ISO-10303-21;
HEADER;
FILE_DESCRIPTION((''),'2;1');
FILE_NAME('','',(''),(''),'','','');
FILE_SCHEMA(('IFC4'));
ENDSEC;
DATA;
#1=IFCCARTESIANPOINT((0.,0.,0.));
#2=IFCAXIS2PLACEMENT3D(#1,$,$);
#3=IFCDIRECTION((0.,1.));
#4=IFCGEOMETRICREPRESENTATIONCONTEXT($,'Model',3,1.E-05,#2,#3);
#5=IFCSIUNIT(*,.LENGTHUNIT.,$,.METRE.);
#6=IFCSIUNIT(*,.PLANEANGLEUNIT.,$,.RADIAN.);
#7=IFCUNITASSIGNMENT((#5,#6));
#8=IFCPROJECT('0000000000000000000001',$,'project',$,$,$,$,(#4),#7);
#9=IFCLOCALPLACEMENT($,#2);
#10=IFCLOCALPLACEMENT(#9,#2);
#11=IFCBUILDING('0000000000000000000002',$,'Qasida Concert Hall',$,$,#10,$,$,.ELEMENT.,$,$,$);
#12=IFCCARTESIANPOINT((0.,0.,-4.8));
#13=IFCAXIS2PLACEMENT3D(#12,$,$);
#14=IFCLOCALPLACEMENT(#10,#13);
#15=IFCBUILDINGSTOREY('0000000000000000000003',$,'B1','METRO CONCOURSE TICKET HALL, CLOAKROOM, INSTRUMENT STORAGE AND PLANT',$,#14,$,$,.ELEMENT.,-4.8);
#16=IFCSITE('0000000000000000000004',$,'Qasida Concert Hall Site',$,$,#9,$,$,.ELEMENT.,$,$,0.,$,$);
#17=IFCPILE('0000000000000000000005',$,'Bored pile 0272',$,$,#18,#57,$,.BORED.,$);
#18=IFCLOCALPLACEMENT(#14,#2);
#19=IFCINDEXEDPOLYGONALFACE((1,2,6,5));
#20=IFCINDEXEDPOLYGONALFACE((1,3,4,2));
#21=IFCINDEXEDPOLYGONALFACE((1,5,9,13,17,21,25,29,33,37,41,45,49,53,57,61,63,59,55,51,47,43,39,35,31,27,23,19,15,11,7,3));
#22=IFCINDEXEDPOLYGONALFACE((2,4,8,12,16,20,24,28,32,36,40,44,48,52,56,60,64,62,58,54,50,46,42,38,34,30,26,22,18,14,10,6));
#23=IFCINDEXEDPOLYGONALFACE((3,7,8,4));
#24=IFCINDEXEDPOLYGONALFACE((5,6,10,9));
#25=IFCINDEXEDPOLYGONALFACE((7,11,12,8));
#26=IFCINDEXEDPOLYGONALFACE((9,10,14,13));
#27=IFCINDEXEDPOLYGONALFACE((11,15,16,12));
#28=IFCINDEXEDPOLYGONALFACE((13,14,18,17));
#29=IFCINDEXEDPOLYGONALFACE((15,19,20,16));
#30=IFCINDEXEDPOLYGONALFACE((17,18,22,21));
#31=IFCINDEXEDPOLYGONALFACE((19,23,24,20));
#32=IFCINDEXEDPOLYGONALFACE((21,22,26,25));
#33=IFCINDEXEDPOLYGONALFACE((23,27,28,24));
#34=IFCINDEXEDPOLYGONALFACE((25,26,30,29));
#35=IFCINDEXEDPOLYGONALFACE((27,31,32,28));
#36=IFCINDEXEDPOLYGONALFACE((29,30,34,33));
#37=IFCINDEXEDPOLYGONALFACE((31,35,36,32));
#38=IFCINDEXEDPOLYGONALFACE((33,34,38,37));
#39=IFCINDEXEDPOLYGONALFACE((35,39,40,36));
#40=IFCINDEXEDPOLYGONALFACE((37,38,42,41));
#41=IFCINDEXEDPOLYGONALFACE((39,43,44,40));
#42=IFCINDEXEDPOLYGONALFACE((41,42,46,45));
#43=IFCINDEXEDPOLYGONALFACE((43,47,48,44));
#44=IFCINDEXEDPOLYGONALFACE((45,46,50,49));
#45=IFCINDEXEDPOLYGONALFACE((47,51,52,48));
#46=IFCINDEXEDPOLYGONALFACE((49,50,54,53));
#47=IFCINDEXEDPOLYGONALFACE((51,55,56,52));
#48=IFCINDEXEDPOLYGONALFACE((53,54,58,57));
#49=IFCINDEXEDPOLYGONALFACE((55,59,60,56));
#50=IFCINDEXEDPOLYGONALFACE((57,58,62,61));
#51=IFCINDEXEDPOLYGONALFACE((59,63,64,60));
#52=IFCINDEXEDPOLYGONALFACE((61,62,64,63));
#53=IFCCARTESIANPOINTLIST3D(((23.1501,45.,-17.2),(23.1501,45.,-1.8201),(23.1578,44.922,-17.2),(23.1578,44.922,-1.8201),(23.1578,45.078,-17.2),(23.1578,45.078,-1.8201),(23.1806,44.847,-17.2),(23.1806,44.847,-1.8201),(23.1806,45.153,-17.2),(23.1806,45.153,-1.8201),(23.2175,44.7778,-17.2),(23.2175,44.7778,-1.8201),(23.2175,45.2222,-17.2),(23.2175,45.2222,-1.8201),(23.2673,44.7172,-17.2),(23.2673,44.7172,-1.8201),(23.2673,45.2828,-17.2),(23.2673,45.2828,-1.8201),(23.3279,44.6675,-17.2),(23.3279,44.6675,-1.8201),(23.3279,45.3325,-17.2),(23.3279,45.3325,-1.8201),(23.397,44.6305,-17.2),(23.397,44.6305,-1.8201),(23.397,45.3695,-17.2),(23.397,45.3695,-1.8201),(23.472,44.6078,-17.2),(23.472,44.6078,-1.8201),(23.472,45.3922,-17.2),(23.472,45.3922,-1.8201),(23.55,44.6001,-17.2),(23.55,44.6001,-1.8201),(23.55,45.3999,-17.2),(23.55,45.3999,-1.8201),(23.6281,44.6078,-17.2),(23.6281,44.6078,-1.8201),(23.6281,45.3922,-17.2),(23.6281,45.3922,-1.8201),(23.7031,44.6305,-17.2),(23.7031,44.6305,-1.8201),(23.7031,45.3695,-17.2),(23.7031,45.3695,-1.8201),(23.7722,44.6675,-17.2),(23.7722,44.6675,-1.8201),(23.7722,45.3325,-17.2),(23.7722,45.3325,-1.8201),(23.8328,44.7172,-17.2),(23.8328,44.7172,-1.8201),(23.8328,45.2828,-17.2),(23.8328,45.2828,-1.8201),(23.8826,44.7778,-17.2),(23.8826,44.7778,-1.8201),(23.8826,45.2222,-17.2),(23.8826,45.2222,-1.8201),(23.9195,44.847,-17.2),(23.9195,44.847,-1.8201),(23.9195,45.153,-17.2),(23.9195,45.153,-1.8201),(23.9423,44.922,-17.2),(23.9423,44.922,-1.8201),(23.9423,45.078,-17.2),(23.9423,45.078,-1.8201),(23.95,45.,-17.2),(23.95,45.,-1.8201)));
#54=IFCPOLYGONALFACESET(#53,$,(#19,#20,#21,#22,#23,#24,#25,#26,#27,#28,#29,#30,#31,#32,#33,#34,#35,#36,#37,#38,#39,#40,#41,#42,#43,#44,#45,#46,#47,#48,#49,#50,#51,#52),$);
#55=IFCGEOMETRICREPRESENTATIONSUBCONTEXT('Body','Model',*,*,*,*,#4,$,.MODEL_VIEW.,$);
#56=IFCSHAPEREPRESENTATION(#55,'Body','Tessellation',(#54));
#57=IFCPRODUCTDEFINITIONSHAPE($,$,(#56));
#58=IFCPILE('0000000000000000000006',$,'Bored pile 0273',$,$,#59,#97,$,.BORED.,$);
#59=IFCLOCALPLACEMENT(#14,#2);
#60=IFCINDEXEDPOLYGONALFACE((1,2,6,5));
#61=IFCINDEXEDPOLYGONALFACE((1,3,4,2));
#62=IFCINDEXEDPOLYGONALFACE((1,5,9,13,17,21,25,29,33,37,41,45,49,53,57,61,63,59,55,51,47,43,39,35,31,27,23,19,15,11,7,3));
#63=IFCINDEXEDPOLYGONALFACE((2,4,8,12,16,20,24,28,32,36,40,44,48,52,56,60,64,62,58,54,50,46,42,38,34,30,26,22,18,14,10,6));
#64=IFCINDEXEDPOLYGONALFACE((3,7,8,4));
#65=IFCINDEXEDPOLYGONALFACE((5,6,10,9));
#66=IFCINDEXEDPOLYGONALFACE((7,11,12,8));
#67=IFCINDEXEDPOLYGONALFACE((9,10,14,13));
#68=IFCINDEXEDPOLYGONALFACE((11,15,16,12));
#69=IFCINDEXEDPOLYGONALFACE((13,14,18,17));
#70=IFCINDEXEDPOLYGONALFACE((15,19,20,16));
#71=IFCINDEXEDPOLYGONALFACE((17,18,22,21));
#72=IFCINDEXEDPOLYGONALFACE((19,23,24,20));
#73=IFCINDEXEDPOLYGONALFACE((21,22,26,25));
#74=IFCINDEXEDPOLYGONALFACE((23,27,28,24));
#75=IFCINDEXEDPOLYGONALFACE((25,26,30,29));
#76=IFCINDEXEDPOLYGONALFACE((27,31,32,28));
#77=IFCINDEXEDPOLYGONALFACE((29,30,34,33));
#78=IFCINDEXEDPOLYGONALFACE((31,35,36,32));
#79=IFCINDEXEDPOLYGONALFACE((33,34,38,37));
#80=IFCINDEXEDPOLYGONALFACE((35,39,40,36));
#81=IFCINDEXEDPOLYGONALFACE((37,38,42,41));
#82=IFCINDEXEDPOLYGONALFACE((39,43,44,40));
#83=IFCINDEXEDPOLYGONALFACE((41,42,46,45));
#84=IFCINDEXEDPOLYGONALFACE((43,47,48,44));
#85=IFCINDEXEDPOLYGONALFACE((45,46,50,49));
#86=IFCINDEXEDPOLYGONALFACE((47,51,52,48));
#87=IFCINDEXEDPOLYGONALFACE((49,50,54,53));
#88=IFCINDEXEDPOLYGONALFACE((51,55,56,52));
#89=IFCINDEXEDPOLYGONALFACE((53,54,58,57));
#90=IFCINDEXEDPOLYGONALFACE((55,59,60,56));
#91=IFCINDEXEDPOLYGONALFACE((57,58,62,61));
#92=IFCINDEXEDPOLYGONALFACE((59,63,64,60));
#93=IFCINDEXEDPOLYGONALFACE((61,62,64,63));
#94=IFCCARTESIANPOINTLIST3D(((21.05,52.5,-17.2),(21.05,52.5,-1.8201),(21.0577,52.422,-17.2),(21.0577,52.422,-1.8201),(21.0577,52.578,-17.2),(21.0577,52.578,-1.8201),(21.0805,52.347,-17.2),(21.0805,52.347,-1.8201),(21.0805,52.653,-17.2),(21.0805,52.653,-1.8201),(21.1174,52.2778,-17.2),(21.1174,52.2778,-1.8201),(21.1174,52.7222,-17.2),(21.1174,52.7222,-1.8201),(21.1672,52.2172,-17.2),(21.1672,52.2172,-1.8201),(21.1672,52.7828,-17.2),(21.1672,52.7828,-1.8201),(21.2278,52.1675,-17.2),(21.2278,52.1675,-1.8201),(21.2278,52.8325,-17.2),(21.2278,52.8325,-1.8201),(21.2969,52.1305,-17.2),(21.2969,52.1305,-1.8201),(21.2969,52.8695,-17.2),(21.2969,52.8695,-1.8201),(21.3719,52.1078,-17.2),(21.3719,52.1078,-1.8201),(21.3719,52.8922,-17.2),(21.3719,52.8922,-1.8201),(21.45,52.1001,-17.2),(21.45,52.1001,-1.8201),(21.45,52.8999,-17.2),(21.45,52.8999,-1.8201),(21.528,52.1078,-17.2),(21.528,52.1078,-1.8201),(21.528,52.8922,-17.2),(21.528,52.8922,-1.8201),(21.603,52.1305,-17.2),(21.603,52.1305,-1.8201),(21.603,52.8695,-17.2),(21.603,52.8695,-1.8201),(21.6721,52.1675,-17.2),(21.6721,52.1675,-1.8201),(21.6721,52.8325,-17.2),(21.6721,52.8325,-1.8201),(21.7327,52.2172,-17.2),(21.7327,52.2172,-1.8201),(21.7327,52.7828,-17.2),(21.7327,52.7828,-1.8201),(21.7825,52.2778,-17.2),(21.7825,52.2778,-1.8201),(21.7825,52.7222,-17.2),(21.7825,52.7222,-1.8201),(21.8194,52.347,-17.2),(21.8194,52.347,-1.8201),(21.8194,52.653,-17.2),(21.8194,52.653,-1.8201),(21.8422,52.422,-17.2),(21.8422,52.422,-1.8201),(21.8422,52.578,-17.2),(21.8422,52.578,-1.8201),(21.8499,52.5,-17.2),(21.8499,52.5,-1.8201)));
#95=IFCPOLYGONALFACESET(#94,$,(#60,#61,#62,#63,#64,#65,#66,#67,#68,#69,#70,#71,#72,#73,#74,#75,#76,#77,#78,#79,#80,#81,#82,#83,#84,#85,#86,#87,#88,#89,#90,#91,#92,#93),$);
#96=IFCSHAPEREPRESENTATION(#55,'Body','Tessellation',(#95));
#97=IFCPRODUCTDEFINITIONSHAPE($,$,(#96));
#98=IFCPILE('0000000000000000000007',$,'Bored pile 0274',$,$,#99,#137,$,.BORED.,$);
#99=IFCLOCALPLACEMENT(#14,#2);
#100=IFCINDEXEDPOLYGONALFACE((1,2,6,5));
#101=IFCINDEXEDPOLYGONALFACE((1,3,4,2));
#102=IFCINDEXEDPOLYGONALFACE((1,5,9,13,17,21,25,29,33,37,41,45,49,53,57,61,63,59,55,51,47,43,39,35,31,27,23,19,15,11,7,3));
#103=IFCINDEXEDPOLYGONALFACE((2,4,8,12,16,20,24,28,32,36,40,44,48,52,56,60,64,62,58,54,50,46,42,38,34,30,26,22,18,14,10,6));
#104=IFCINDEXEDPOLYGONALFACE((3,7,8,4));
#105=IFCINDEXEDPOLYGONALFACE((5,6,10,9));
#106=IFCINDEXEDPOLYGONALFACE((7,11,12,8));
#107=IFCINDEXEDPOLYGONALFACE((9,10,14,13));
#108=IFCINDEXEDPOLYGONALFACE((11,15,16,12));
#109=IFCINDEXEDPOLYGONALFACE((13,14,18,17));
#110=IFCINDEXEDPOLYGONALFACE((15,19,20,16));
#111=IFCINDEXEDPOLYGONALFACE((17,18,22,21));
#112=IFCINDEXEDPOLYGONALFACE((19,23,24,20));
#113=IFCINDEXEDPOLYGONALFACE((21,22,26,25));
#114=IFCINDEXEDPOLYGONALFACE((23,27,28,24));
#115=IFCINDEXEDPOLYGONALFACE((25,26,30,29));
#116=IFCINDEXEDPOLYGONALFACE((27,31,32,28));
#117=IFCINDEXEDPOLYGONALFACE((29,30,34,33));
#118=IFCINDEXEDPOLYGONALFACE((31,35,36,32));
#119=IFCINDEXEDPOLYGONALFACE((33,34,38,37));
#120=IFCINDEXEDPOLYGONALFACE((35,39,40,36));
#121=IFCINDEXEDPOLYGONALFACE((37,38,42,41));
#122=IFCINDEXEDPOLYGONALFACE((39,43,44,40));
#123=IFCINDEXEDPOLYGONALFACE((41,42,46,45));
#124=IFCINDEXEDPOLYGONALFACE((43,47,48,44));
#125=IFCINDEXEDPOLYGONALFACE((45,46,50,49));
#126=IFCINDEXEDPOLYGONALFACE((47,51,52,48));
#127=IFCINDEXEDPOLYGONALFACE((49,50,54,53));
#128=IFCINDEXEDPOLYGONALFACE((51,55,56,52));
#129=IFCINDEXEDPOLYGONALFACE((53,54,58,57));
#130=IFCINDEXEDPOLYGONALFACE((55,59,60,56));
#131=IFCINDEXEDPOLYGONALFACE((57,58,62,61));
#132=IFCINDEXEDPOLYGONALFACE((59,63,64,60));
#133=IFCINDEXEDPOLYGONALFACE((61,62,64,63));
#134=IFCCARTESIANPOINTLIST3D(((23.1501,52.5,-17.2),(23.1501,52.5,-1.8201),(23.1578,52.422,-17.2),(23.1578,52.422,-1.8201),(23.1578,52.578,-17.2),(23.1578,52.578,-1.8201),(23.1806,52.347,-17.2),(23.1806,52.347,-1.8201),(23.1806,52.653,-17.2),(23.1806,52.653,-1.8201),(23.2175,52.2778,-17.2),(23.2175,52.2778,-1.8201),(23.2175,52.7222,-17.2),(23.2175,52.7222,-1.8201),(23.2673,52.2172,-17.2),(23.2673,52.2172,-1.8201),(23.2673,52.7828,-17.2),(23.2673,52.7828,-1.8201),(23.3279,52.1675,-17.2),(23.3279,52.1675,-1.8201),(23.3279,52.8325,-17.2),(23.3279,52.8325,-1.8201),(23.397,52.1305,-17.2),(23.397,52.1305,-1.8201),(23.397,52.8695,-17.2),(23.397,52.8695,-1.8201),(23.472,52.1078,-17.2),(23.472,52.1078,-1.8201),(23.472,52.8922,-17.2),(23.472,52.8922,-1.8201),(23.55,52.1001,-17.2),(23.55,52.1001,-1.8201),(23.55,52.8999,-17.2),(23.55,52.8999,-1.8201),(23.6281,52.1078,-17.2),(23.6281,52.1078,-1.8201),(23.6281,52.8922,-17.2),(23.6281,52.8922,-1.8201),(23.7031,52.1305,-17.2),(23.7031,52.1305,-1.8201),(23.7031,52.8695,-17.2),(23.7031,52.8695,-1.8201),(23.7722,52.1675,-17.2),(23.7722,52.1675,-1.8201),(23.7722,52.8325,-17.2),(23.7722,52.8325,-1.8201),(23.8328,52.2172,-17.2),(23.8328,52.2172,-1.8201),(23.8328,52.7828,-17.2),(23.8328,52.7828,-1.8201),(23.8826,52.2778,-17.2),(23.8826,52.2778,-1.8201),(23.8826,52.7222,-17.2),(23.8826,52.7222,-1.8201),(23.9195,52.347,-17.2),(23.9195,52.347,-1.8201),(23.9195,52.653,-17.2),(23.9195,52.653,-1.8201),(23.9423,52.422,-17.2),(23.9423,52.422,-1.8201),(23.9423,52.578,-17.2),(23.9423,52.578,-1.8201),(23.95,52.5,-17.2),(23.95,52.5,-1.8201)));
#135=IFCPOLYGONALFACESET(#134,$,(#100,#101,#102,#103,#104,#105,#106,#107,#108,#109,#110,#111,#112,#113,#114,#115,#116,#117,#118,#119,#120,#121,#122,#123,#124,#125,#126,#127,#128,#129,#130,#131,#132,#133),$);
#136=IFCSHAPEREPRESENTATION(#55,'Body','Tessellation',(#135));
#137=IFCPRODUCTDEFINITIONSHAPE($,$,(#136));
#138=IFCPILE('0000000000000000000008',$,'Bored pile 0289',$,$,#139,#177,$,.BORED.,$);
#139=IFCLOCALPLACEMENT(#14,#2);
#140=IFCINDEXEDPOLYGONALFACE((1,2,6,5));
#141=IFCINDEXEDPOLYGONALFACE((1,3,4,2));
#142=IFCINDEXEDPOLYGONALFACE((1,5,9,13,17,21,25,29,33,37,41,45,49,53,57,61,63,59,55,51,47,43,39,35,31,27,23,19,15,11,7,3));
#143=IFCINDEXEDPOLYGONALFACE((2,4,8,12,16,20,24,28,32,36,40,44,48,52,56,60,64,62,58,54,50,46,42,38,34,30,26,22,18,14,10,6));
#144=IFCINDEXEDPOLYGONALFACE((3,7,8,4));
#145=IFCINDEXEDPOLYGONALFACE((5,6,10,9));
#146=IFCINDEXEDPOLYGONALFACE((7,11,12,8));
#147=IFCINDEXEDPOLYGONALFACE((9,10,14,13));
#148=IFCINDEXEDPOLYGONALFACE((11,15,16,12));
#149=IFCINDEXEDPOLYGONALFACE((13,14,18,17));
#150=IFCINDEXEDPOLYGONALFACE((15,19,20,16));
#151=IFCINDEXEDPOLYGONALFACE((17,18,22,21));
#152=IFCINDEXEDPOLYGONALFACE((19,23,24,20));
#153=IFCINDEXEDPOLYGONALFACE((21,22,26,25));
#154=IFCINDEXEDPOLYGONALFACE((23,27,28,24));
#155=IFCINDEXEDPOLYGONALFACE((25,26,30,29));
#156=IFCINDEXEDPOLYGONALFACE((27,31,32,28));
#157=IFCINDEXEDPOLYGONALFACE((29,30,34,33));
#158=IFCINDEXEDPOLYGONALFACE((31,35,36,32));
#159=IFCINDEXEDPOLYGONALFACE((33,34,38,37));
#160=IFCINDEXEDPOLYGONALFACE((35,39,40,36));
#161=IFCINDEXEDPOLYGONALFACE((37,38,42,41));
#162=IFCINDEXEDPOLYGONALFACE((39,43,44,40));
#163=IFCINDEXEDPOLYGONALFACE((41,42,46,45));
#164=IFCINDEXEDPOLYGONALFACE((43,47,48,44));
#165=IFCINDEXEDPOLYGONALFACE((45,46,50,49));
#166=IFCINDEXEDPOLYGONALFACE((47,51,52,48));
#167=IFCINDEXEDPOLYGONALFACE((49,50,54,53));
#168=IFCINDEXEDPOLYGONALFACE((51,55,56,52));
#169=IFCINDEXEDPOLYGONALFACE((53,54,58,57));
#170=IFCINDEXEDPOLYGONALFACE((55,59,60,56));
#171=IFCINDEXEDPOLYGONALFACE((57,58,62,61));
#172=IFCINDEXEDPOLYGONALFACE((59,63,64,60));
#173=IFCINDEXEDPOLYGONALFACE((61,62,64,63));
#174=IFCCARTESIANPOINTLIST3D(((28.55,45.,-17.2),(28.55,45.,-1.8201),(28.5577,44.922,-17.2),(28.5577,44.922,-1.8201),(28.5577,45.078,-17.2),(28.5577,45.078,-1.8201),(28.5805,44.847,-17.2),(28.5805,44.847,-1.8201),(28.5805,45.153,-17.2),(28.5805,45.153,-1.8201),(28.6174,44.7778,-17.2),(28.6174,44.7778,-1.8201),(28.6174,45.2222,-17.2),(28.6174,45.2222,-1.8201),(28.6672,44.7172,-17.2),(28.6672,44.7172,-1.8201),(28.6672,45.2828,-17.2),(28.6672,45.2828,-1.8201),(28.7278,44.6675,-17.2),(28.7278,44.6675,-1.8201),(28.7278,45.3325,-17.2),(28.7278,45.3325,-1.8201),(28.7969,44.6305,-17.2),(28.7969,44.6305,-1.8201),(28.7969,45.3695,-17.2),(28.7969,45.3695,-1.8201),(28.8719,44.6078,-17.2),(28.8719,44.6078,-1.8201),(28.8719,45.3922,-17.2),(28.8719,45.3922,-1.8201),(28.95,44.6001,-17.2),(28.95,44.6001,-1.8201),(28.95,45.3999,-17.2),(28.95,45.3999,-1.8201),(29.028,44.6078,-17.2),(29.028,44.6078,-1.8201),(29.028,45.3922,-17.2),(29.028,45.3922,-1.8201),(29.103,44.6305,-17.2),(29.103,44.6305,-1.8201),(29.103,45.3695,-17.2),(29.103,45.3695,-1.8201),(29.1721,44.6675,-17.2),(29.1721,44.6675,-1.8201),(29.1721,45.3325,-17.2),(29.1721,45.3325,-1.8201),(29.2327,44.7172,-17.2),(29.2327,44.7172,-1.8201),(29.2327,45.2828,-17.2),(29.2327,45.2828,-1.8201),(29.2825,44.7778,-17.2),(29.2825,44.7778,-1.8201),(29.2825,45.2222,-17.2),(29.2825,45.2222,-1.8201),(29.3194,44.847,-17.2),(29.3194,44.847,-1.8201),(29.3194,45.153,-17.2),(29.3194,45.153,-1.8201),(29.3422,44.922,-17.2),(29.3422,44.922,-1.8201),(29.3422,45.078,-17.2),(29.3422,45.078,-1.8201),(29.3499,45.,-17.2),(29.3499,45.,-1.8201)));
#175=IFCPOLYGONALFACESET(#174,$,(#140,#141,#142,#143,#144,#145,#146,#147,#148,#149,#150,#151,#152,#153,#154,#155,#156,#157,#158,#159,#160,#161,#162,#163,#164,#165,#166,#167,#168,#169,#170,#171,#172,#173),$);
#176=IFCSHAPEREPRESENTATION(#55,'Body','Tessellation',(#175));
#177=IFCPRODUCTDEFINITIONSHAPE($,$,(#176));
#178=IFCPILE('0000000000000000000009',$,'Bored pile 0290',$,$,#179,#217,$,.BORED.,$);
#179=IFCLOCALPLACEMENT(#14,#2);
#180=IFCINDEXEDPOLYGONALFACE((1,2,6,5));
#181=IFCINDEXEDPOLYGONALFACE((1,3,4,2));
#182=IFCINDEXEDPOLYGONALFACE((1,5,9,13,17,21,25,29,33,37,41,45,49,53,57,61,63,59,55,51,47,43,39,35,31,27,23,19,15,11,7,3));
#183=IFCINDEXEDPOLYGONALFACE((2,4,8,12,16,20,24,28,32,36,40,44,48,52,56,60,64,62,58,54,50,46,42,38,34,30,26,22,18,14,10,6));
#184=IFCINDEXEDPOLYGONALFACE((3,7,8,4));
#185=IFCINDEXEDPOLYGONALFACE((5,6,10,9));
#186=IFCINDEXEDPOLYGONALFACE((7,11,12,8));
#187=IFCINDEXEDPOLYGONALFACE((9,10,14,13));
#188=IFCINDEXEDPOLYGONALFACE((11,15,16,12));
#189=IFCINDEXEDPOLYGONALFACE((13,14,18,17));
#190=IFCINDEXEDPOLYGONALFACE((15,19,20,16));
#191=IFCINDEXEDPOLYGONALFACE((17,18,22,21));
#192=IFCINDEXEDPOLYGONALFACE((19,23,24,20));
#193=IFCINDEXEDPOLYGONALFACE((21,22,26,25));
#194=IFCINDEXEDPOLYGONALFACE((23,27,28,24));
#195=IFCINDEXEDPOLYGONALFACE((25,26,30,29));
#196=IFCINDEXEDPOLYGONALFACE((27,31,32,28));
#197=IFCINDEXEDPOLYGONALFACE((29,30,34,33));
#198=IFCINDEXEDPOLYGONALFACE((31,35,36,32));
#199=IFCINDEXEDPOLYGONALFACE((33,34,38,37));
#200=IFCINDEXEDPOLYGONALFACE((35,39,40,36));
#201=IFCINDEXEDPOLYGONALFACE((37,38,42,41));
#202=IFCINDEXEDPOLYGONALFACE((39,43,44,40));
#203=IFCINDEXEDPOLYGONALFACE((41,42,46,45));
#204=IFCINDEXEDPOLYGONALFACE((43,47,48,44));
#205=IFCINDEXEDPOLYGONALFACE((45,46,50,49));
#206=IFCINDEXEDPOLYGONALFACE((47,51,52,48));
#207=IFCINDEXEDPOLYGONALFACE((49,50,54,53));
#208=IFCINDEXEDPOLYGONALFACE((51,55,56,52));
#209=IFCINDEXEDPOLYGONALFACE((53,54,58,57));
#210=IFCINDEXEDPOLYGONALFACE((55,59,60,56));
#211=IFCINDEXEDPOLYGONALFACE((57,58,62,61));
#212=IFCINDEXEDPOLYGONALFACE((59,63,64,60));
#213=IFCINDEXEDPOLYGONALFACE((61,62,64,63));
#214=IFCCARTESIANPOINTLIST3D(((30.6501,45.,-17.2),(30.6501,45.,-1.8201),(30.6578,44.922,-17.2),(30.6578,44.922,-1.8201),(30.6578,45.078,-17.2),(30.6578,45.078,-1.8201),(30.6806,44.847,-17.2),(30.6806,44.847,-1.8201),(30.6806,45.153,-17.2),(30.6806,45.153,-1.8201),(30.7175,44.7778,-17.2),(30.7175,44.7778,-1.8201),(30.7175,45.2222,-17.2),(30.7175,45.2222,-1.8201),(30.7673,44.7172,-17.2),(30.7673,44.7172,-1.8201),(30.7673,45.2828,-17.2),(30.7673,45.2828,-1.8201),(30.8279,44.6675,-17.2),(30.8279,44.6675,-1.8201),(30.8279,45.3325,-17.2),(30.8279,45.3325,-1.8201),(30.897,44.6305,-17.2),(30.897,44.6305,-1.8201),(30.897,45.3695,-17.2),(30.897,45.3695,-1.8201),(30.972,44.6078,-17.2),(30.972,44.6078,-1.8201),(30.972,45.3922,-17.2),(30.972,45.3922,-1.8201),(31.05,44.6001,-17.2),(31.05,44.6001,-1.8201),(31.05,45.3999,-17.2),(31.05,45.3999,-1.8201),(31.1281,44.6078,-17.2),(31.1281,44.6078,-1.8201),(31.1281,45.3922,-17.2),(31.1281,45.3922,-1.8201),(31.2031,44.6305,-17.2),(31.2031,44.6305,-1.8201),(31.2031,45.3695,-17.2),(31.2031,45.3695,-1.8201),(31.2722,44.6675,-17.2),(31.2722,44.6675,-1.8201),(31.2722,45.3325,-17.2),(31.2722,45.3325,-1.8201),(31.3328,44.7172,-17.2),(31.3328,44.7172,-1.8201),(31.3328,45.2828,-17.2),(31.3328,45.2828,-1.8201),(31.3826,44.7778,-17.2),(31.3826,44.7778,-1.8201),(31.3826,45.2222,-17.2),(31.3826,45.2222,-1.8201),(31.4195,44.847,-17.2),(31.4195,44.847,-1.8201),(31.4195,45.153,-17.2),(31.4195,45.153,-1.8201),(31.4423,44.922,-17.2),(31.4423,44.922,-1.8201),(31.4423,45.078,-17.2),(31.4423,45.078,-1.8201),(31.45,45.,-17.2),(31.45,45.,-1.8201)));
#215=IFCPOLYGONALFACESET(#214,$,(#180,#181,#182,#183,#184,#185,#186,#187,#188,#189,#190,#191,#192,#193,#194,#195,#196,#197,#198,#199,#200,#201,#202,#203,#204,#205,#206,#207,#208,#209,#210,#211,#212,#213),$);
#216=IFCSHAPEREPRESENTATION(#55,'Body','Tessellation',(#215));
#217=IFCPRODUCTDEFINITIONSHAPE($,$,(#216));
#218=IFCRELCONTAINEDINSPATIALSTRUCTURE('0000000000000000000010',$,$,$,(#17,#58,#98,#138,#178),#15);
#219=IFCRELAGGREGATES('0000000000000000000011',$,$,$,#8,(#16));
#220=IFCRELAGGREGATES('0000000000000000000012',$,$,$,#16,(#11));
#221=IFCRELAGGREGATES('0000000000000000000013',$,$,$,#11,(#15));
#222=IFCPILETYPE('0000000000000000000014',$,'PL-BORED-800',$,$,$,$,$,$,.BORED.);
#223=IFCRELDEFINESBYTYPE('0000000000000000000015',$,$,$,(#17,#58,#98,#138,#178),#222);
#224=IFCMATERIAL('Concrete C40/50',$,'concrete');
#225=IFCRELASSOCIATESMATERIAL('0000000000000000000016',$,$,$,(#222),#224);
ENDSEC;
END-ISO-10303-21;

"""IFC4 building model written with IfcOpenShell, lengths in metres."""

from ifc_helpers import new_model, si_unit, direction, frame, origin, origin_2d, place, context, subcontext, project, spatial, circle, extrude, material, material_profile, profile_set, type_object, element, save


model = new_model("IFC4")

# Units and contexts
model_context = context("Model", 3, precision=1e-05, world=origin(), true_north=direction((0.0, 1.0)))
body_context = subcontext(model_context, "Body", "Model", "MODEL_VIEW")
ifc_project = project(units=[si_unit("LENGTHUNIT", "METRE"), si_unit("PLANEANGLEUNIT", "RADIAN")], contexts=[model_context])

# Site, building, storey
site_placement = place(None, origin())
site = spatial("IfcSite", under=ifc_project, at=site_placement, Name="Qasida Concert Hall Site", CompositionType="ELEMENT", RefElevation=0.0)
building_placement = place(site_placement, origin())
building = spatial("IfcBuilding", under=site, at=building_placement, Name="Qasida Concert Hall", CompositionType="ELEMENT")
storey_placement = place(building_placement, frame((0.0, 0.0, -4.8)))
storey = spatial("IfcBuildingStorey", under=building, at=storey_placement, Name="B1", Description="METRO CONCOURSE TICKET HALL, CLOAKROOM, INSTRUMENT STORAGE AND PLANT", CompositionType="ELEMENT", Elevation=-4.8)

# Shared definitions
ifc_material_1 = material(Name="Concrete C40/50", Category="concrete")

# Piles
ifc_material_profile_1 = material_profile(ifc_material_1, circle(Radius=0.3999, at=origin_2d()), Name="BORED PILE D800")
ifc_profile_set_1 = profile_set([ifc_material_profile_1], Name="Concrete C40/50")
pile_type = type_object("IfcPileType", Name="PL-BORED-800", PredefinedType="BORED", material=ifc_profile_set_1)
for number, where, z_axis, x_axis, name in (
    (1, (23.55, 45.0, -1.8201), (0.0, 0.0, -1.0), (1.0, 0.0, 0.0), "Bored pile 0272"),
    (2, (21.45, 52.5, -1.8201), (0.0, 0.0, -1.0), (1.0, 0.0, 0.0), "Bored pile 0273"),
    (3, (23.55, 52.5, -1.8201), (0.0, 0.0, -1.0), (1.0, 0.0, 0.0), "Bored pile 0274"),
    (4, (28.95, 45.0, -1.8201), (0.0, 0.0, -1.0), (1.0, 0.0, 0.0), "Bored pile 0289"),
    (5, (31.05, 45.0, -1.8201), (0.0, 0.0, -1.0), (1.0, 0.0, 0.0), "Bored pile 0290"),
):
    element("IfcPile", number, at=place(storey_placement, frame(where, z_axis=z_axis, x_axis=x_axis)), inside=storey, type_object=pile_type, Name=name, PredefinedType="BORED", context=body_context, shape_type="SweptSolid", body=[
        extrude(circle(Radius=0.3999, at=origin_2d()), origin(), (0.0, 0.0, 1.0), 15.3799),
    ])

save(model, "model.ifc")
